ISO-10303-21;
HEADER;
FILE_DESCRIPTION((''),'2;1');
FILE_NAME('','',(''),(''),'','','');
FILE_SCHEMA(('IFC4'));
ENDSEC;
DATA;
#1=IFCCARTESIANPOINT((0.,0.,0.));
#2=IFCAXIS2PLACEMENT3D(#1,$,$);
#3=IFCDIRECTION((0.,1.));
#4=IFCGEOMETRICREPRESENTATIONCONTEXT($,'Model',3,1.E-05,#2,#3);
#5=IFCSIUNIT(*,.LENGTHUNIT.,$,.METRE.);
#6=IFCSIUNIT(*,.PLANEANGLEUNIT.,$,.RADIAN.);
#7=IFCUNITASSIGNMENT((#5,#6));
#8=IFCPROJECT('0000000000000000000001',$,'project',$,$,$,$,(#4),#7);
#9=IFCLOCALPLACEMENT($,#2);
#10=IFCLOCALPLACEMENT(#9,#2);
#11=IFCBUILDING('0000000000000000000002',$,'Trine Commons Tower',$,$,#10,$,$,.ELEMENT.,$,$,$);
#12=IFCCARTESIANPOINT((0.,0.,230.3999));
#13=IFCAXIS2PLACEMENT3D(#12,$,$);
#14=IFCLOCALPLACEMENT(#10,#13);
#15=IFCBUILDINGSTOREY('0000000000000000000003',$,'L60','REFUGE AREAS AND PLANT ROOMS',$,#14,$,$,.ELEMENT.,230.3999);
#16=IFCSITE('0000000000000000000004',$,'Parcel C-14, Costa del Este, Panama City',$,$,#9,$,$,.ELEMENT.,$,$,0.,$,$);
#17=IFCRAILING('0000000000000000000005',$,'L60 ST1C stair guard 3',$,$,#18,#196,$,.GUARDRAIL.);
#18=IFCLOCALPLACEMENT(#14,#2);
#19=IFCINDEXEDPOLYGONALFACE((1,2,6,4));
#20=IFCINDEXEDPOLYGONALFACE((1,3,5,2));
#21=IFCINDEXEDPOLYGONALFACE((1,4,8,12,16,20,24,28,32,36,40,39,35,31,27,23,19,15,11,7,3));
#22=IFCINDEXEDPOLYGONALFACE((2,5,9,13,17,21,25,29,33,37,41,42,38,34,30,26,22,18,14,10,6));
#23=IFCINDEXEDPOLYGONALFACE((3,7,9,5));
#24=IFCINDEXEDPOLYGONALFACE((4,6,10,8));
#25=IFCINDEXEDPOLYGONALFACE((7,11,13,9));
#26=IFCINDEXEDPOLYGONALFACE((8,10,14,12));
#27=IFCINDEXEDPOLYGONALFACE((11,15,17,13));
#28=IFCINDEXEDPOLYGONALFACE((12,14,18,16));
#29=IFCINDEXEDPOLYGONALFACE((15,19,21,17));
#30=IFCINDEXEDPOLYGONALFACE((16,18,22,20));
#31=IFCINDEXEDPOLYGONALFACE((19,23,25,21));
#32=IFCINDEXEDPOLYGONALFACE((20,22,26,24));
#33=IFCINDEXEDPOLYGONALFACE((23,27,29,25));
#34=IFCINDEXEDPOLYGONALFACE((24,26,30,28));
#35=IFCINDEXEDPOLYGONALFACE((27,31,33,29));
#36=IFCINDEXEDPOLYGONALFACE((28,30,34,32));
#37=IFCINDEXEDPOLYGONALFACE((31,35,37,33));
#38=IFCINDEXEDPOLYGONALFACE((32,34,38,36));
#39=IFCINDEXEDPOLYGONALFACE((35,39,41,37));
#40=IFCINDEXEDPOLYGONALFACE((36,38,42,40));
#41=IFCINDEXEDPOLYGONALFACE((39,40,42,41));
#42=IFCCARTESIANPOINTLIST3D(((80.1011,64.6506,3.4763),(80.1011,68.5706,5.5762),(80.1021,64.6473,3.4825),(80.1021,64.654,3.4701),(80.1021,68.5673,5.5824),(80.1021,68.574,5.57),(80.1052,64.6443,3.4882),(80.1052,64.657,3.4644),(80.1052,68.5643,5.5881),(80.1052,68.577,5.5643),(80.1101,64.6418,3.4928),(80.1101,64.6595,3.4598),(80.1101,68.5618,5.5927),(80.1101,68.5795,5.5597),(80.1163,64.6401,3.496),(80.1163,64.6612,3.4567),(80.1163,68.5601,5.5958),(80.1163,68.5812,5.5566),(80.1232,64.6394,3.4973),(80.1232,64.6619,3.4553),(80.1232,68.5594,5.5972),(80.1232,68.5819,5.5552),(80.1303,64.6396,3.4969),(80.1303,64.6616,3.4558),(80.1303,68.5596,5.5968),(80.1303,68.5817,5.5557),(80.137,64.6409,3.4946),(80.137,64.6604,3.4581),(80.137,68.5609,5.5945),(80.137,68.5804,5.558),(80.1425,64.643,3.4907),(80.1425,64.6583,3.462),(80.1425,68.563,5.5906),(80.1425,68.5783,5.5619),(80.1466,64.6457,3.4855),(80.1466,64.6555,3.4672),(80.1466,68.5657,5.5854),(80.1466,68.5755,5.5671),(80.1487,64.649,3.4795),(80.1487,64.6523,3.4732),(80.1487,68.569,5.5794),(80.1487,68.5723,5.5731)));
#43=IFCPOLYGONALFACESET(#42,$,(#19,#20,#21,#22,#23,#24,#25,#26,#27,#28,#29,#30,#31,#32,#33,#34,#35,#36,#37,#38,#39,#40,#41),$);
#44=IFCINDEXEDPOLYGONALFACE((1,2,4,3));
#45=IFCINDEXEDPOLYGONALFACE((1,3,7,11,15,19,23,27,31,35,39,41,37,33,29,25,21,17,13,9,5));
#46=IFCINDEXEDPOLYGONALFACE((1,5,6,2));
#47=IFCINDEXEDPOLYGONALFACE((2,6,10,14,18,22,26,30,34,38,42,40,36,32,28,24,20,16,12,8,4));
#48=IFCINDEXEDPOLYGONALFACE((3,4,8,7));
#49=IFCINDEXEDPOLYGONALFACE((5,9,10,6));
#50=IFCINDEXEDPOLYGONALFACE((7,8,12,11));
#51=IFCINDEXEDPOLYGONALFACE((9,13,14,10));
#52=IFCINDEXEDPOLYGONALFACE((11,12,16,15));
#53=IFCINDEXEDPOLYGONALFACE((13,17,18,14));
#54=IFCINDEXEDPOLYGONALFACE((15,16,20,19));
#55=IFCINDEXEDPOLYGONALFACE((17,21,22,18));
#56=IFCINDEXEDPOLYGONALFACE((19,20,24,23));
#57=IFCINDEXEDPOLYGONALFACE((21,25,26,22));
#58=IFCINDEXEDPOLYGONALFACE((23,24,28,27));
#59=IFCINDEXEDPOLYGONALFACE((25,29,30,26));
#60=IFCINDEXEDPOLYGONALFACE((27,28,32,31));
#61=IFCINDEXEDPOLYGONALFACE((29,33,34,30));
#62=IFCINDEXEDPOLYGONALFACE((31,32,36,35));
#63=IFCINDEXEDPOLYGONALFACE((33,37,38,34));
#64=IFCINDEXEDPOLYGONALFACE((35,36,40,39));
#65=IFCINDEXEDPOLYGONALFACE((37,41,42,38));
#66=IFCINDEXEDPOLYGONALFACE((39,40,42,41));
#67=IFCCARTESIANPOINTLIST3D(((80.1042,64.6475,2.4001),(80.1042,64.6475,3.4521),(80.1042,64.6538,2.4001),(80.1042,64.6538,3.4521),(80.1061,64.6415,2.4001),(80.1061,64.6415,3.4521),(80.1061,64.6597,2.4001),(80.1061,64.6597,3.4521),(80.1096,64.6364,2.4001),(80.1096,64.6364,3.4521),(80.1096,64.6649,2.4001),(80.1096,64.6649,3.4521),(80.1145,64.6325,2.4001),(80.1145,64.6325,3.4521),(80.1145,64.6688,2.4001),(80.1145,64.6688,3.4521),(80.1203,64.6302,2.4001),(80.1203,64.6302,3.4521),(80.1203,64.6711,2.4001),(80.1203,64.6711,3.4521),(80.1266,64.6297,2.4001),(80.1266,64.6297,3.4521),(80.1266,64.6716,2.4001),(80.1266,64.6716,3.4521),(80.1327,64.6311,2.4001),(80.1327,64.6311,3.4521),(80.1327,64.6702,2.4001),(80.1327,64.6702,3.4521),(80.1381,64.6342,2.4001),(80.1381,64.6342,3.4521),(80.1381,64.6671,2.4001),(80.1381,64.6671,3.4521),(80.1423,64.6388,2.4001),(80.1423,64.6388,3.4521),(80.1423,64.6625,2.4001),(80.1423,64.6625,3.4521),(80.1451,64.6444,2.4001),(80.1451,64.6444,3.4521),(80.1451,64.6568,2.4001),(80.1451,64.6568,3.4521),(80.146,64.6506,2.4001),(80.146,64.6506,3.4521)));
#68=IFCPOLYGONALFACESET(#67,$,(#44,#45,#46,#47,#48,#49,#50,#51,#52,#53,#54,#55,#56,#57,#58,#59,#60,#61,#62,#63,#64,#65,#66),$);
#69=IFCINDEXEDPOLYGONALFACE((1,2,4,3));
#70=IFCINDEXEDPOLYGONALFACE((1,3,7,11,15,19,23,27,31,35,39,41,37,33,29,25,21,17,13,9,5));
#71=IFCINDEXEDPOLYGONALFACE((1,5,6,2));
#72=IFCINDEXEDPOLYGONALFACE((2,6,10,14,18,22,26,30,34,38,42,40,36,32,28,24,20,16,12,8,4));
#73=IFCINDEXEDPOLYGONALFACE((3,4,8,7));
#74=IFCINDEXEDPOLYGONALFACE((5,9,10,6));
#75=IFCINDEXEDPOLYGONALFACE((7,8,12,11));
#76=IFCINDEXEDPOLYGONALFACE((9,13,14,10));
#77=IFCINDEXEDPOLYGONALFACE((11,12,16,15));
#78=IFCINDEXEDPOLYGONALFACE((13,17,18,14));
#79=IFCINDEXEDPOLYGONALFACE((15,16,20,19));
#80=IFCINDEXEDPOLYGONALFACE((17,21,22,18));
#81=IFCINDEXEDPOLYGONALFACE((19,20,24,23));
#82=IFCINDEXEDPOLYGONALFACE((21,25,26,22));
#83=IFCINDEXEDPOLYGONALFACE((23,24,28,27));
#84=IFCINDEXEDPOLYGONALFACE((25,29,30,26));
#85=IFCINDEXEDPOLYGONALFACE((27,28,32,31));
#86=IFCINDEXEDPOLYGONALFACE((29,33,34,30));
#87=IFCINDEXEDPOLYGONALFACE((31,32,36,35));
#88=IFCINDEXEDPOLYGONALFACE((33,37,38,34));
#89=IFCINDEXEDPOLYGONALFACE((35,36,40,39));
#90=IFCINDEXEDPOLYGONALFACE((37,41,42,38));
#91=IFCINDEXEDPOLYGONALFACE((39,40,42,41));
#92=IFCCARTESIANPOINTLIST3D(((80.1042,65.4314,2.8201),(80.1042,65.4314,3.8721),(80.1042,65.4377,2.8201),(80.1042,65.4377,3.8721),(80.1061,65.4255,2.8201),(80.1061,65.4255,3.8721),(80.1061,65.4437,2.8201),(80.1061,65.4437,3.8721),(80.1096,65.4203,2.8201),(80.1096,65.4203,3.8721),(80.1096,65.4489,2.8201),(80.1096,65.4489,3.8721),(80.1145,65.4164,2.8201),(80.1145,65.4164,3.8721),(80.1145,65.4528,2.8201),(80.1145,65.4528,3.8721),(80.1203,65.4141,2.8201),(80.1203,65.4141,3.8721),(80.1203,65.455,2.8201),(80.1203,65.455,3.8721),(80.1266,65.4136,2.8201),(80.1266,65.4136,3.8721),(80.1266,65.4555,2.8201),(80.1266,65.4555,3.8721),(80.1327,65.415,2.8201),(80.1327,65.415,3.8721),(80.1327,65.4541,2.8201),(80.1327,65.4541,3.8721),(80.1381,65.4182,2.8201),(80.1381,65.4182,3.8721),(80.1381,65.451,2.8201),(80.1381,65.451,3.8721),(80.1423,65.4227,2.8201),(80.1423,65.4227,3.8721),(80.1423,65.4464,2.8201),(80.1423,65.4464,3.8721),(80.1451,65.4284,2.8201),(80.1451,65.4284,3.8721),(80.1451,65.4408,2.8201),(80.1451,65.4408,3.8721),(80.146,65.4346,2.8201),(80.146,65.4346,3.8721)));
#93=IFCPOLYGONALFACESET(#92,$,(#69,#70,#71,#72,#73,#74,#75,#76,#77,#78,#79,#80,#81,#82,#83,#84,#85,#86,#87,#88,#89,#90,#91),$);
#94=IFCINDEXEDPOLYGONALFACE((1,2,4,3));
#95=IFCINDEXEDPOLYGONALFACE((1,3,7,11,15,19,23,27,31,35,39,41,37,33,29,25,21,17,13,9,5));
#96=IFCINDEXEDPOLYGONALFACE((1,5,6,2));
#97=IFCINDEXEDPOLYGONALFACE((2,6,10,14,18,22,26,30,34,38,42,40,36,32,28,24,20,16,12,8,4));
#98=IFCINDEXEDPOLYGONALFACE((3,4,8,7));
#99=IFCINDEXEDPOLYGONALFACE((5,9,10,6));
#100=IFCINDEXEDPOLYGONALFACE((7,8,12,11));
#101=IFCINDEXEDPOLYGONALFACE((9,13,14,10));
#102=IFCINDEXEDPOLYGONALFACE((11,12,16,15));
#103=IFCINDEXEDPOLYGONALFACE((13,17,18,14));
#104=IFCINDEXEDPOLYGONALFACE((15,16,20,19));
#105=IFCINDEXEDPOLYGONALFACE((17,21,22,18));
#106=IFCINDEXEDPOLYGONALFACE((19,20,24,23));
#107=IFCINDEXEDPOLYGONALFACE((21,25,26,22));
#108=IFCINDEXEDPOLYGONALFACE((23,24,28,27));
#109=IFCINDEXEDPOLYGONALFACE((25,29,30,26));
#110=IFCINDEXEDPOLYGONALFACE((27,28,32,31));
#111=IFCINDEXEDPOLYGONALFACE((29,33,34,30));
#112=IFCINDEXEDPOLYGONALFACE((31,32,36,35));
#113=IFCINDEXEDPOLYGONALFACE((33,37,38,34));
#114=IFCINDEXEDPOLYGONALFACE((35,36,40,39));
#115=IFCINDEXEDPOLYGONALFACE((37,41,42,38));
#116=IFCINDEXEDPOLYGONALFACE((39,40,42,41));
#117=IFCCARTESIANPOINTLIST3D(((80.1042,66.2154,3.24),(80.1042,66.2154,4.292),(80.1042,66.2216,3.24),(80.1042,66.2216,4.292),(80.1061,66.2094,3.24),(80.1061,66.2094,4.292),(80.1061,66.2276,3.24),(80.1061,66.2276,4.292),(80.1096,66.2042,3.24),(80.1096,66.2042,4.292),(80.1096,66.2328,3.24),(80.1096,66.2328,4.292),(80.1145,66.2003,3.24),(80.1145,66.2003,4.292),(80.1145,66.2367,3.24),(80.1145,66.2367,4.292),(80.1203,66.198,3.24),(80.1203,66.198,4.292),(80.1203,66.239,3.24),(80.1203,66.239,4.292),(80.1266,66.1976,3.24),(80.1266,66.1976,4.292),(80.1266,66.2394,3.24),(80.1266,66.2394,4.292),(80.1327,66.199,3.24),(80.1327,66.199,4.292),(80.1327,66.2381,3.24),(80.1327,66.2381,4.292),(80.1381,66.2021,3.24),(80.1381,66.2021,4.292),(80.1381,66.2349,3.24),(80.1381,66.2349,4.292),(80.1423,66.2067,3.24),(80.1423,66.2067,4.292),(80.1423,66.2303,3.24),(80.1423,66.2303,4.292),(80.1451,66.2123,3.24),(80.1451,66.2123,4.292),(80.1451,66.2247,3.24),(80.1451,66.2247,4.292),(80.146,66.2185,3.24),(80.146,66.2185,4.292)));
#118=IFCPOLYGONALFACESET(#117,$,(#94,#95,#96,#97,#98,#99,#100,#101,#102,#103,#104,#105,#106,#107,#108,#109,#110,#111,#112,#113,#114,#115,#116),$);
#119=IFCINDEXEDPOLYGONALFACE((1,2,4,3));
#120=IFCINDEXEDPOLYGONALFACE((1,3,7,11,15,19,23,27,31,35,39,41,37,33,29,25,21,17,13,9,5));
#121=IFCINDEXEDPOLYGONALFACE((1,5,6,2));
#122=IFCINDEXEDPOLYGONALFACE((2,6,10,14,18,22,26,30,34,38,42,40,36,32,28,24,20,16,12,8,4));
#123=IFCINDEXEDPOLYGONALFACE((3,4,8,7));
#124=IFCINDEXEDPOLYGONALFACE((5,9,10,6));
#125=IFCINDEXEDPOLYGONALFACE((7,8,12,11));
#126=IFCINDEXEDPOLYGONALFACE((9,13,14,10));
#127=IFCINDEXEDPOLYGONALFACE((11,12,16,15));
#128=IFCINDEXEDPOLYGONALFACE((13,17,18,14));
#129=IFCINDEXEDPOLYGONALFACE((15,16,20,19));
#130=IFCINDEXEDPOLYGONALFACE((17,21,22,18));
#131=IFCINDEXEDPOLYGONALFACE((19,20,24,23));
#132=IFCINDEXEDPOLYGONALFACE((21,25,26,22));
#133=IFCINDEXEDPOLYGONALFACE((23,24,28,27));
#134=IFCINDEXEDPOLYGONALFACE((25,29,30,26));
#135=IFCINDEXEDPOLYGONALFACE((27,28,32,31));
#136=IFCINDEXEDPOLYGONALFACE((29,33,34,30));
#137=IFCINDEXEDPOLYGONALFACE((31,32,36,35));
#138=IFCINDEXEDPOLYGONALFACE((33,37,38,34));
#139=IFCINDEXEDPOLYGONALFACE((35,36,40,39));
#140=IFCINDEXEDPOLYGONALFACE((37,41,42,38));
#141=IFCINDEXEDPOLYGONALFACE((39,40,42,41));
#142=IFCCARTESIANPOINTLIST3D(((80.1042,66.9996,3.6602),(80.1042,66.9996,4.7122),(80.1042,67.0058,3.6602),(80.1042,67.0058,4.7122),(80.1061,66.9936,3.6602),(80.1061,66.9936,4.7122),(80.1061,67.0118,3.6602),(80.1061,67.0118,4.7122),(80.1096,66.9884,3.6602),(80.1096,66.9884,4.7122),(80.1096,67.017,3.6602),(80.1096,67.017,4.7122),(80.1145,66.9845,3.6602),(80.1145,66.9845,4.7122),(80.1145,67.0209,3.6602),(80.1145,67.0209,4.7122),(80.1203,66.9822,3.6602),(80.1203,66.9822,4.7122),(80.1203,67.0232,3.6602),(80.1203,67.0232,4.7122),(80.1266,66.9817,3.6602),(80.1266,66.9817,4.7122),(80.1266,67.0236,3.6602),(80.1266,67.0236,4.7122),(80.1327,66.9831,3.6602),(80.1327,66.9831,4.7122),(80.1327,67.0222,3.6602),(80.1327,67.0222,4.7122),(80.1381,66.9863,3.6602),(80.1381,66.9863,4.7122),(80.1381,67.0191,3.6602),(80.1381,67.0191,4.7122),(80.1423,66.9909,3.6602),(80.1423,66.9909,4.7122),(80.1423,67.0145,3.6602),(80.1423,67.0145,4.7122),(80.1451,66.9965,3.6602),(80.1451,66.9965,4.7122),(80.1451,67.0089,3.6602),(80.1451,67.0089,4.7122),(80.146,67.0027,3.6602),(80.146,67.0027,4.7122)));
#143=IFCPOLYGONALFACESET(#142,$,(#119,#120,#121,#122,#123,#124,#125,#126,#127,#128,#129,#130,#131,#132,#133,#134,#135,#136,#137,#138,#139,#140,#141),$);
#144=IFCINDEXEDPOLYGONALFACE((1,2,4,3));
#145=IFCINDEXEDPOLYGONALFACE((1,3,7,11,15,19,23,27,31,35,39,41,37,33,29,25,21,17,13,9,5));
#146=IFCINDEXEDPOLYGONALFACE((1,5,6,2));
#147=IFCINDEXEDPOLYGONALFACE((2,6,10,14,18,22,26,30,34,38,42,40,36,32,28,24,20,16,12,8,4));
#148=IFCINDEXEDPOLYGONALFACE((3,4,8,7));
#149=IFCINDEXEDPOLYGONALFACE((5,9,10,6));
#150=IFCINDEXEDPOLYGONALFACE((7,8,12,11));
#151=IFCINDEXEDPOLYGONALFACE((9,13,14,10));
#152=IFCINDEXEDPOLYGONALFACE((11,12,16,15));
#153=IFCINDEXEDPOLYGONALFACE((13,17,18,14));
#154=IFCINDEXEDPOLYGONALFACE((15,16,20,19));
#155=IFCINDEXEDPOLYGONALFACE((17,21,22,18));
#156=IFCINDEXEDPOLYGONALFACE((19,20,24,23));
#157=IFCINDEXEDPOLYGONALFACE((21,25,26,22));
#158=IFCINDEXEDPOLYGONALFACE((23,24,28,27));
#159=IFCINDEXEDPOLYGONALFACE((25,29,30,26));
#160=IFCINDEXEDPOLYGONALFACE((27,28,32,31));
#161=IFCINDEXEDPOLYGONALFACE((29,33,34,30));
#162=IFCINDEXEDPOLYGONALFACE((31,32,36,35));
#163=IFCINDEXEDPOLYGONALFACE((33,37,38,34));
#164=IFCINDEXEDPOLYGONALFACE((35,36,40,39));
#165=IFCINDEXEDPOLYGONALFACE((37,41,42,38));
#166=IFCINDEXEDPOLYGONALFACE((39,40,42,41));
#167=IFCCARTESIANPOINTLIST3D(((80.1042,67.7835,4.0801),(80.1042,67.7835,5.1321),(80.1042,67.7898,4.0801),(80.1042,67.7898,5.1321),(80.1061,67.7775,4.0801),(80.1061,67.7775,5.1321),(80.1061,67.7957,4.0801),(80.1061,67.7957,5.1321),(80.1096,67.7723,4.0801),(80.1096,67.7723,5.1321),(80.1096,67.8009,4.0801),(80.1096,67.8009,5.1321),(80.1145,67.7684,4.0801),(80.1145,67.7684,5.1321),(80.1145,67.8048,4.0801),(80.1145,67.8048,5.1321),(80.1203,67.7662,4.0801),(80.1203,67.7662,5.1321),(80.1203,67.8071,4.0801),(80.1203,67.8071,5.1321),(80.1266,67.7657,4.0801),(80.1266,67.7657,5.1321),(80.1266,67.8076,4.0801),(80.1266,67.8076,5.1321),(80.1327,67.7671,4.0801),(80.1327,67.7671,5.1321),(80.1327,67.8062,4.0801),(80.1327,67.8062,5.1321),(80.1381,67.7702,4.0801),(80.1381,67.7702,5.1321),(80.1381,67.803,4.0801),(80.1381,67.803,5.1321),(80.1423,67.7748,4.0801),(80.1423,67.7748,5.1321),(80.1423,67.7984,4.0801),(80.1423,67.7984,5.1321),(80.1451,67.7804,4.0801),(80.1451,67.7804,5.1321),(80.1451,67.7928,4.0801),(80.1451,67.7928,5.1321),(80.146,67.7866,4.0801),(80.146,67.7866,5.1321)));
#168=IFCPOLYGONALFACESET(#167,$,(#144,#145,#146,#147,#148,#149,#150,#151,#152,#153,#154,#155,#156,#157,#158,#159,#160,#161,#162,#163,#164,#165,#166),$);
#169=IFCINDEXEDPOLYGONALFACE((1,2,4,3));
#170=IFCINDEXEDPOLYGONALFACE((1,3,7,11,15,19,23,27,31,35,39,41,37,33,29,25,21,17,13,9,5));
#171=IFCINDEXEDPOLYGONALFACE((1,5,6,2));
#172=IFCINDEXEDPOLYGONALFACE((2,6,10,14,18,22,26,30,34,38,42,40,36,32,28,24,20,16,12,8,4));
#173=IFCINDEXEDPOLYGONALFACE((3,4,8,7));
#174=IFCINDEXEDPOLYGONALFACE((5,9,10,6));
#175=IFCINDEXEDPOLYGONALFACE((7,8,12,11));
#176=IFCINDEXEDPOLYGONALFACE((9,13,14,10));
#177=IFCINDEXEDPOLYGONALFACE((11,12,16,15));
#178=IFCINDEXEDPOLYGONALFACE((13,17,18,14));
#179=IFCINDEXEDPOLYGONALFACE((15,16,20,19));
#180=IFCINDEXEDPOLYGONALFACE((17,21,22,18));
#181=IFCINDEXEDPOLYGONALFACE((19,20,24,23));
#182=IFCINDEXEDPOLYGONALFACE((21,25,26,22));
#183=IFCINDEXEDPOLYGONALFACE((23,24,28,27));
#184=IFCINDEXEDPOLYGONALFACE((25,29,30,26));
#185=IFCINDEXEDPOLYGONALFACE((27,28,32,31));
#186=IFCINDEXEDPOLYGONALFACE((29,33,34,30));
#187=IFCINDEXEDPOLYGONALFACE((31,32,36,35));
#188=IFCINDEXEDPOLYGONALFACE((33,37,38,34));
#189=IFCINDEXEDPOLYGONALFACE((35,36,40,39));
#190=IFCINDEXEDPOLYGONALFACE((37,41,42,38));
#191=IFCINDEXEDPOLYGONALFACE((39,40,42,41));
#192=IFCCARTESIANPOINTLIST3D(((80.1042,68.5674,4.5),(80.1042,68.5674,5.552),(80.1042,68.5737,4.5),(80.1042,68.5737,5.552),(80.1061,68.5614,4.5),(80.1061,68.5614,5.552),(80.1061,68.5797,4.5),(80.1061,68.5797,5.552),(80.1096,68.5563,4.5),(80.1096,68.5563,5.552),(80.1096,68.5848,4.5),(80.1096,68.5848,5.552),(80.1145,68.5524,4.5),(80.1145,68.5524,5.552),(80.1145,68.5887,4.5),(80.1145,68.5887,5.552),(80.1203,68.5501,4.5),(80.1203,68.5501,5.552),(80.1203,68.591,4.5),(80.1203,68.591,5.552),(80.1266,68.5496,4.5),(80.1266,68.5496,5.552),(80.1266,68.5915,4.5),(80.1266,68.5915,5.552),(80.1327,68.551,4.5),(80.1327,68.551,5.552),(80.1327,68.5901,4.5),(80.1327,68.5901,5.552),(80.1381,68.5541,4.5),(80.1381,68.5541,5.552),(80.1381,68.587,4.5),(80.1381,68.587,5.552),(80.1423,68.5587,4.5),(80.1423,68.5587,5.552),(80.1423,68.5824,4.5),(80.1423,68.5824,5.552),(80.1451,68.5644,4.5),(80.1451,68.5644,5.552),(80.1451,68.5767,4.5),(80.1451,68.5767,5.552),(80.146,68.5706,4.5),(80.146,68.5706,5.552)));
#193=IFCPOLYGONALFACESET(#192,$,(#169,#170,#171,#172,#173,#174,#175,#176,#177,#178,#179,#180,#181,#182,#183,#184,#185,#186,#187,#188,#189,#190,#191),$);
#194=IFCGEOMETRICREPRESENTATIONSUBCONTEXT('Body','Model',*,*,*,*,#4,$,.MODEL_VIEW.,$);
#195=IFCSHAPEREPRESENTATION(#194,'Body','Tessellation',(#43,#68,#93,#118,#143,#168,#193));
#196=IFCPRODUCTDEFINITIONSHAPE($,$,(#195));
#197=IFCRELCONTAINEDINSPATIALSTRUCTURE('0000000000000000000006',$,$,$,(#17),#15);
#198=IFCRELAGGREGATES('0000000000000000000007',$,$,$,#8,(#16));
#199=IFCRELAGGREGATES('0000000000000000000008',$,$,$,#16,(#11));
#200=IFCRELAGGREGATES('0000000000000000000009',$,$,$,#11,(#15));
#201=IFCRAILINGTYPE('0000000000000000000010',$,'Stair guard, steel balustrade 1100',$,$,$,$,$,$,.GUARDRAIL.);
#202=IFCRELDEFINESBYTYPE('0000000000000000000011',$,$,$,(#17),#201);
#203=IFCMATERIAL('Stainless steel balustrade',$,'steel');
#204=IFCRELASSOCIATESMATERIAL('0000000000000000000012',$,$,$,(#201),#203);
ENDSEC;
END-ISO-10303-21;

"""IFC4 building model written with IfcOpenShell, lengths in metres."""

from ifc_helpers import new_model, si_unit, direction, frame, origin, origin_2d, place, context, subcontext, project, spatial, circle, extrude, material, type_object, element, save


model = new_model("IFC4")

# Units and contexts
model_context = context("Model", 3, precision=1e-05, world=origin(), true_north=direction((0.0, 1.0)))
body_context = subcontext(model_context, "Body", "Model", "MODEL_VIEW")
ifc_project = project(units=[si_unit("LENGTHUNIT", "METRE"), si_unit("PLANEANGLEUNIT", "RADIAN")], contexts=[model_context])

# Site, building, storey
site_placement = place(None, origin())
site = spatial("IfcSite", under=ifc_project, at=site_placement, Name="Parcel C-14, Costa del Este, Panama City", CompositionType="ELEMENT", RefElevation=0.0)
building_placement = place(site_placement, origin())
building = spatial("IfcBuilding", under=site, at=building_placement, Name="Trine Commons Tower", CompositionType="ELEMENT")
storey_placement = place(building_placement, frame((0.0, 0.0, 230.3999)))
storey = spatial("IfcBuildingStorey", under=building, at=storey_placement, Name="L60", Description="REFUGE AREAS AND PLANT ROOMS", CompositionType="ELEMENT", Elevation=230.3999)

# Railing
ifc_material_1 = material(Name="Stainless steel balustrade", Category="steel")
railing_type_1 = type_object("IfcRailingType", Name="Stair guard, steel balustrade 1100", PredefinedType="GUARDRAIL", material=ifc_material_1)
railing_1_placement = place(storey_placement, frame((80.125, 64.6506, 2.4001)))
element("IfcRailing", 1, at=railing_1_placement, inside=storey, type_object=railing_type_1, Name="L60 ST1C stair guard 3", PredefinedType="GUARDRAIL", context=body_context, shape_type="SweptSolid", body=[
    extrude(circle(Radius=0.0239, at=origin_2d()), frame((0.0, 0.0, 1.0762), z_axis=(0.0, 0.88149, 0.472203), x_axis=(-1.0, 0.0, 0.0)), (0.0, 0.0, 1.0), 4.447),
    extrude(circle(Radius=0.021, at=origin_2d()), origin(), (0.0, 0.0, 1.0), 1.052),
    extrude(circle(Radius=0.021, at=origin_2d()), frame((0.0, 0.7839, 0.4199)), (0.0, 0.0, 1.0), 1.052),
    extrude(circle(Radius=0.021, at=origin_2d()), frame((0.0, 1.5679, 0.8398)), (0.0, 0.0, 1.0), 1.052),
    extrude(circle(Radius=0.021, at=origin_2d()), frame((0.0, 2.3521, 1.26)), (0.0, 0.0, 1.0), 1.052),
    extrude(circle(Radius=0.021, at=origin_2d()), frame((0.0, 3.136, 1.6799)), (0.0, 0.0, 1.0), 1.052),
    extrude(circle(Radius=0.021, at=origin_2d()), frame((0.0, 3.9199, 2.0999)), (0.0, 0.0, 1.0), 1.052),
])

save(model, "model.ifc")
